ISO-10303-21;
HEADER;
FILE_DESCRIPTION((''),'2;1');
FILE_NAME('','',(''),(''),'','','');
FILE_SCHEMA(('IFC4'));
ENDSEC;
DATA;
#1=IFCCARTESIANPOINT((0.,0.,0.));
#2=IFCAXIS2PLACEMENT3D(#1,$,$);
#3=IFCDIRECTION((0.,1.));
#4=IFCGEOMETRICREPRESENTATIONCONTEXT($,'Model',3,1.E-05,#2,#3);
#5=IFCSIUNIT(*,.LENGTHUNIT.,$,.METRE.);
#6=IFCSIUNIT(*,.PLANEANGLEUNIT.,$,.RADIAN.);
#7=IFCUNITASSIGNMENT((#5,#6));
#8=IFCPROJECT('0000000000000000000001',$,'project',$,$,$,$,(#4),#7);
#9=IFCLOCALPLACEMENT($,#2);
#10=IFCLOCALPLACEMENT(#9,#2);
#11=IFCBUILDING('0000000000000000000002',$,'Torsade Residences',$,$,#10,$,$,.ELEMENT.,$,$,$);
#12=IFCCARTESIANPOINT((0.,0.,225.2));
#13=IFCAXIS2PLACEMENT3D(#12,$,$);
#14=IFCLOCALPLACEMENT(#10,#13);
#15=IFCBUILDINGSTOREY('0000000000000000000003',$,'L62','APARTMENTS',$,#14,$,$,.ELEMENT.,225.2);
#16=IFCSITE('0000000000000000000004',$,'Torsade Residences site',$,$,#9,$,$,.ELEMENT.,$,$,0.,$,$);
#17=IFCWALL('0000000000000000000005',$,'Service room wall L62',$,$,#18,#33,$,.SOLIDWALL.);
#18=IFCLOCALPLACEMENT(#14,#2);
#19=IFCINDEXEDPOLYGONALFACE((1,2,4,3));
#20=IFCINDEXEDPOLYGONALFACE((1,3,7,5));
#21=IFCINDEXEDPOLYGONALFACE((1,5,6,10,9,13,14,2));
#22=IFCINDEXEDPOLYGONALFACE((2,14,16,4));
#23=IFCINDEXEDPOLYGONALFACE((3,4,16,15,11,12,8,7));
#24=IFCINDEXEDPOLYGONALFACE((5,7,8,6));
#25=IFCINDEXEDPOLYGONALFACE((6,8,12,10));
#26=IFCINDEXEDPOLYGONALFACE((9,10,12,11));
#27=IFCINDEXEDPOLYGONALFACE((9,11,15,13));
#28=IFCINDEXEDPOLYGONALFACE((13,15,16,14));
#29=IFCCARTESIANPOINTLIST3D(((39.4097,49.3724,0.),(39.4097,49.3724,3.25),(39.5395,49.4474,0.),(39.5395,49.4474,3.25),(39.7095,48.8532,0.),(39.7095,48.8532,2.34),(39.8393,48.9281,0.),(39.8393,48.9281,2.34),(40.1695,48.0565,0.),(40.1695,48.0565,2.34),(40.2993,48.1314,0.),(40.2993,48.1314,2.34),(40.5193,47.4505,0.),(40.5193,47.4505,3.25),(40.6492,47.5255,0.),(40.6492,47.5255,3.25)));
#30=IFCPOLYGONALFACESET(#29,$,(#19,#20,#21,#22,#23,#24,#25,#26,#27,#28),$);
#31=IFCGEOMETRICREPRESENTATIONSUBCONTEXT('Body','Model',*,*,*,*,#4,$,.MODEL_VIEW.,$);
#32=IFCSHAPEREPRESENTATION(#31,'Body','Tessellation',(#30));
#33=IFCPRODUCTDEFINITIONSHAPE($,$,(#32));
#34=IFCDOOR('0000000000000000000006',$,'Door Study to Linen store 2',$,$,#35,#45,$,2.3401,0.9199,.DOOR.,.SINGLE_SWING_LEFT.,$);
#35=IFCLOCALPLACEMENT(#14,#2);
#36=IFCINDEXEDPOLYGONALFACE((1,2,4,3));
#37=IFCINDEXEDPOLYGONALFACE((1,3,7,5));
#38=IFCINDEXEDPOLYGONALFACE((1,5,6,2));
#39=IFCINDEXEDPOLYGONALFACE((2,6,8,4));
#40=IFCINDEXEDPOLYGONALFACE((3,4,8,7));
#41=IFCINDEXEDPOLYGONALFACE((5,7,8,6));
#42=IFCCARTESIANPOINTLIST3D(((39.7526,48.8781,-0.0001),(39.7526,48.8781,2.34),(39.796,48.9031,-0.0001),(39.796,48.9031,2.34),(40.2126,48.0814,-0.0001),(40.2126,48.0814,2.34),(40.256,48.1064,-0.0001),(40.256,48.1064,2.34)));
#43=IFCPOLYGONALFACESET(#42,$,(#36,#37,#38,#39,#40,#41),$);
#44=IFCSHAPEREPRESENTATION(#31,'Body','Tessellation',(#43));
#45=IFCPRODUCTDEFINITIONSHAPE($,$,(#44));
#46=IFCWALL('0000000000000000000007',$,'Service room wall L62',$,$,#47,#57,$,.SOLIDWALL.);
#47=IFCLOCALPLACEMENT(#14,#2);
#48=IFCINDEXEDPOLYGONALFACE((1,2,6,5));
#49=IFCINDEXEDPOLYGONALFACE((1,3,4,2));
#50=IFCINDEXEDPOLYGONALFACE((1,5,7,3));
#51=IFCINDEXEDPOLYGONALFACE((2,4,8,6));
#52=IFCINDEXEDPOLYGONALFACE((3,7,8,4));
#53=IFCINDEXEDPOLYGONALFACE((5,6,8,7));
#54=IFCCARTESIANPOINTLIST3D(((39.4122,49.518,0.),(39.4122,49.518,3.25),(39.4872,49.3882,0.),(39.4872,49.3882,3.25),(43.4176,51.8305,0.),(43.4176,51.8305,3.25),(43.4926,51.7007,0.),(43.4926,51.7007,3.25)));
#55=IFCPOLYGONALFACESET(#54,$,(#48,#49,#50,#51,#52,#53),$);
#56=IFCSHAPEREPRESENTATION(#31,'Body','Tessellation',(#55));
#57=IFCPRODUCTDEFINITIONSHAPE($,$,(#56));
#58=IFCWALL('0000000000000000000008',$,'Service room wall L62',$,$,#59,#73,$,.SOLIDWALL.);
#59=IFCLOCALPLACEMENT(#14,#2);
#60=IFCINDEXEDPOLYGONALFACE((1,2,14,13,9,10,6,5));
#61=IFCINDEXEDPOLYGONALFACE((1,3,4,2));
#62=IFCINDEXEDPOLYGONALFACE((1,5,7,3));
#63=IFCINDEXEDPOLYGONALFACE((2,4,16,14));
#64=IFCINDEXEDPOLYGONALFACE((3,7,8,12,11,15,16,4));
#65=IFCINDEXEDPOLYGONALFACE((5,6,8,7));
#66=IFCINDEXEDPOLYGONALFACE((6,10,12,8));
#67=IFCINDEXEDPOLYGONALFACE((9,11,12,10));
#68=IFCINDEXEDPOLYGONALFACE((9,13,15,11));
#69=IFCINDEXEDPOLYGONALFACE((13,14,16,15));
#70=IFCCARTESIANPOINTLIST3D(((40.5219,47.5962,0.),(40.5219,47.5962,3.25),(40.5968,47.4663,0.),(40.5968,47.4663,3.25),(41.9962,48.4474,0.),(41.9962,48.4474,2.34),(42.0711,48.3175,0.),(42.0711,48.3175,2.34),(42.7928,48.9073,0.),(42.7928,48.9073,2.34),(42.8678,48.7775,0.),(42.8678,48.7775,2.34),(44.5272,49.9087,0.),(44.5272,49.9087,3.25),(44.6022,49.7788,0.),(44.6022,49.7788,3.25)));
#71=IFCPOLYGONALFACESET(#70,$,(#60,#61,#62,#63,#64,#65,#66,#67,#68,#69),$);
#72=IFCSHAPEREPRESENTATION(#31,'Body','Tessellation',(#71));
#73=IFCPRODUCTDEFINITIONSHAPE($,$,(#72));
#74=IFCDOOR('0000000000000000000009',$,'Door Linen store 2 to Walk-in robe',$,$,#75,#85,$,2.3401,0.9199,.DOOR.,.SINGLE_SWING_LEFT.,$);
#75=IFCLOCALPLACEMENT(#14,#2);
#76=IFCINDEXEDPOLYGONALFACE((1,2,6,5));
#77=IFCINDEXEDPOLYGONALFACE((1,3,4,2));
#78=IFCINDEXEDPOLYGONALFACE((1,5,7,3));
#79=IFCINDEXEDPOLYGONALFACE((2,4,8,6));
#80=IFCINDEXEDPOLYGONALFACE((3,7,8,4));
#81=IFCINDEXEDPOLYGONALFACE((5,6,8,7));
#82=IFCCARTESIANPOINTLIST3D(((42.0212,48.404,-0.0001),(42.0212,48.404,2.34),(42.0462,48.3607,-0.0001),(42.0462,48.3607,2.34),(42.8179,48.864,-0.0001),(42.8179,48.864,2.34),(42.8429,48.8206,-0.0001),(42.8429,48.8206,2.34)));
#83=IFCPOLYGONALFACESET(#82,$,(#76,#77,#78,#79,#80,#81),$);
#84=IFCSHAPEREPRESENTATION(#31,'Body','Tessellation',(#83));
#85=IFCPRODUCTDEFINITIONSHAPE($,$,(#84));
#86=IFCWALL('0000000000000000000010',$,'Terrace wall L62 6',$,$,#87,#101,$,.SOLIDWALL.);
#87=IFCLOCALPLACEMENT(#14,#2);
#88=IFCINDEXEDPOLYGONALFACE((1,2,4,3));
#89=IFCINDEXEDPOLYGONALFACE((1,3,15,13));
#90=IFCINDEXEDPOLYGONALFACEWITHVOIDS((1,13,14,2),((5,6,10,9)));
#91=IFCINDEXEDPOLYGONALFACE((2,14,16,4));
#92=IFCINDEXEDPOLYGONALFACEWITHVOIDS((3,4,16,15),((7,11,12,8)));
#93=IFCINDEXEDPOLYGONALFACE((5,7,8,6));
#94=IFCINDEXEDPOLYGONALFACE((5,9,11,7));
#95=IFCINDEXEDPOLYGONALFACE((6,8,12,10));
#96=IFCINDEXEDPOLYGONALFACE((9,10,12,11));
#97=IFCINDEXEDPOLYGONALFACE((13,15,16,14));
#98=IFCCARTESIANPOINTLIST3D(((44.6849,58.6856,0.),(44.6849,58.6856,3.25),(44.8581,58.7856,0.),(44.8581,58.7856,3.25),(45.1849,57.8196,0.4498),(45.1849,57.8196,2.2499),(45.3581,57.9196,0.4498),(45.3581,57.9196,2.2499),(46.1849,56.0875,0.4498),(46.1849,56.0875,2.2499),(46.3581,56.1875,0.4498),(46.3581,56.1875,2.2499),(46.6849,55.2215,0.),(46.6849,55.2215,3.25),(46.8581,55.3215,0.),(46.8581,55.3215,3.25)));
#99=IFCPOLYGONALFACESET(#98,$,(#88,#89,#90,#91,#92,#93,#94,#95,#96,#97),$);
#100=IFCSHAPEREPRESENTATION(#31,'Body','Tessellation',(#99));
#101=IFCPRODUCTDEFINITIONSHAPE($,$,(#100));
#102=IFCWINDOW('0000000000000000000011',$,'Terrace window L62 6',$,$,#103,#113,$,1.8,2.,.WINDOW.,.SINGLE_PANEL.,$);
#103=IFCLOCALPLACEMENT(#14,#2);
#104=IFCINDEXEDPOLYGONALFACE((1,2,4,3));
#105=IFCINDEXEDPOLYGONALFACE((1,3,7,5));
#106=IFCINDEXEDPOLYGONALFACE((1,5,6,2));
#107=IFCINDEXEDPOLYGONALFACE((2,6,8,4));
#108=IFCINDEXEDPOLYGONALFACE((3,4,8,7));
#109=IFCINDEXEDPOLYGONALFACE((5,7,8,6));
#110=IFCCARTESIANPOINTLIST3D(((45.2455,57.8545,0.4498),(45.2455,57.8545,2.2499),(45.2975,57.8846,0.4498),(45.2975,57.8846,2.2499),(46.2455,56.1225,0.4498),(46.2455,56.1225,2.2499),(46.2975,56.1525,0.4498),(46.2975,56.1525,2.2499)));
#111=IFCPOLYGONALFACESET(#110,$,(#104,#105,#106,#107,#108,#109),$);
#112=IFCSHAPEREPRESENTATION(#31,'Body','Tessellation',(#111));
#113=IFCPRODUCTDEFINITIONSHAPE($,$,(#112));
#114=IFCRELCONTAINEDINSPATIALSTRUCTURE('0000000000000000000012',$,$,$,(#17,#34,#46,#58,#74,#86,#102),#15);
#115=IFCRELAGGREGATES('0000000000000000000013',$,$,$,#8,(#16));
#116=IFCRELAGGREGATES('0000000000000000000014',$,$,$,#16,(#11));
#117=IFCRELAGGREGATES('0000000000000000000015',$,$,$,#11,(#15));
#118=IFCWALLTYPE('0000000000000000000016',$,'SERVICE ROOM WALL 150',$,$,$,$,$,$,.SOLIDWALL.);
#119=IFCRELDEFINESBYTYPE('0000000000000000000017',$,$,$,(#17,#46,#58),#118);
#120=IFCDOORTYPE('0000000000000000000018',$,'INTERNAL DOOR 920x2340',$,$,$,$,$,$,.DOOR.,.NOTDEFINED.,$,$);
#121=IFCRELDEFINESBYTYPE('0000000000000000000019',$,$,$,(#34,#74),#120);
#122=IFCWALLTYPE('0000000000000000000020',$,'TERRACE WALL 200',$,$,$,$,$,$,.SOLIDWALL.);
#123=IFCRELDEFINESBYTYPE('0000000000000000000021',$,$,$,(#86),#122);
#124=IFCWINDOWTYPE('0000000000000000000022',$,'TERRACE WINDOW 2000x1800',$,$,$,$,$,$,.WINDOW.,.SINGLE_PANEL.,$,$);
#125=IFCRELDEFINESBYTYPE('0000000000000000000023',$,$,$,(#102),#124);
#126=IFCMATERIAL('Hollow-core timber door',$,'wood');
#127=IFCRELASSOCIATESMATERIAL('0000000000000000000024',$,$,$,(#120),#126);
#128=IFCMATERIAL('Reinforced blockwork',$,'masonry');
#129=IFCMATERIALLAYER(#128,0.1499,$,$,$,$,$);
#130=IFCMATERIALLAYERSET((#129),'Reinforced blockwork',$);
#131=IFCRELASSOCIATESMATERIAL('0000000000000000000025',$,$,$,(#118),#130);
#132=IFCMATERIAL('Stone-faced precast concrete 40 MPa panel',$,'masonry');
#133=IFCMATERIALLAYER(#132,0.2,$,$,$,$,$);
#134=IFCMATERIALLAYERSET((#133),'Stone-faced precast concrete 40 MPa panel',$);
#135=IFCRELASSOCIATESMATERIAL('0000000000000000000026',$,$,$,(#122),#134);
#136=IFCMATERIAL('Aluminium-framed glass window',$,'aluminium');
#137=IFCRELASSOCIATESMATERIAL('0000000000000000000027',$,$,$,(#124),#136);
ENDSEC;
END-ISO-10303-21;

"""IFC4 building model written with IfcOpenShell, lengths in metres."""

from ifc_helpers import new_model, si_unit, direction, frame, frame_2d, origin, place, context, subcontext, project, spatial, rectangle, extrude, material, layer, layer_set, type_object, element, fill, save


model = new_model("IFC4")

# Units and contexts
model_context = context("Model", 3, precision=1e-05, world=origin(), true_north=direction((0.0, 1.0)))
body_context = subcontext(model_context, "Body", "Model", "MODEL_VIEW")
ifc_project = project(units=[si_unit("LENGTHUNIT", "METRE"), si_unit("PLANEANGLEUNIT", "RADIAN")], contexts=[model_context])

# Site, building, storey
site_placement = place(None, origin())
site = spatial("IfcSite", under=ifc_project, at=site_placement, Name="Torsade Residences site", CompositionType="ELEMENT", RefElevation=0.0)
building_placement = place(site_placement, origin())
building = spatial("IfcBuilding", under=site, at=building_placement, Name="Torsade Residences", CompositionType="ELEMENT")
storey_placement = place(building_placement, frame((0.0, 0.0, 225.2)))
storey = spatial("IfcBuildingStorey", under=building, at=storey_placement, Name="L62", Description="APARTMENTS", CompositionType="ELEMENT", Elevation=225.2)

# Shared definitions
ifc_material_1 = material(Name="Hollow-core timber door", Category="wood")
door_type_1 = type_object("IfcDoorType", Name="INTERNAL DOOR 920x2340", OperationType="NOTDEFINED", PredefinedType="DOOR", material=ifc_material_1)

# Shared definitions
ifc_material_2 = material(Name="Reinforced blockwork", Category="masonry")
ifc_layer_1 = layer(ifc_material_2, 0.1499)
ifc_layer_set_1 = layer_set([ifc_layer_1], Name="Reinforced blockwork")
wall_type_1 = type_object("IfcWallType", Name="SERVICE ROOM WALL 150", PredefinedType="SOLIDWALL", material=ifc_layer_set_1)

# Wall, opening, door
wall_1_placement = place(storey_placement, frame((39.4746, 49.4099, 0.0), z_axis=(0.0, 0.0, 1.0), x_axis=(0.500008, -0.866021, 0.0)))
wall_1 = element("IfcWall", 1, at=wall_1_placement, inside=storey, type_object=wall_type_1, Name="Service room wall L62", PredefinedType="SOLIDWALL", context=body_context, shape_type="SweptSolid", body=[
    extrude(rectangle(XDim=2.2192, YDim=0.1499, at=frame_2d((1.1096, 0.0))), origin(), (0.0, 0.0, 1.0), 3.25),
])
opening_1_placement = place(wall_1_placement, frame((0.5996, 0.0, 0.0)))
opening_1 = element("IfcOpeningElement", 2, at=opening_1_placement, cuts=wall_1, PredefinedType="OPENING", context=body_context, shape_type="SweptSolid", body=[
    extrude(rectangle(XDim=0.9199, YDim=2.3401, at=frame_2d((0.46, 1.1699))), frame((0.0, 0.085, 0.0), z_axis=(0.0, -1.0, 0.0), x_axis=(1.0, 0.0, 0.0)), (0.0, 0.0, 1.0), 0.1699),
])
door_1_placement = place(opening_1_placement, origin())
door_1 = element("IfcDoor", 3, at=door_1_placement, inside=storey, type_object=door_type_1, Name="Door Study to Linen store 2", OperationType="SINGLE_SWING_LEFT", OverallHeight=2.3401, OverallWidth=0.9199, PredefinedType="DOOR", context=body_context, shape_type="SweptSolid", body=[
    extrude(rectangle(XDim=0.9199, YDim=2.3401, at=frame_2d((0.46, 1.1699))), frame((0.0, 0.0249, 0.0), z_axis=(0.0, -1.0, 0.0), x_axis=(1.0, 0.0, 0.0)), (0.0, 0.0, 1.0), 0.05),
])
fill(opening_1, door_1)

# Wall
wall_2_placement = place(storey_placement, frame((43.4551, 51.7656, 0.0), z_axis=(0.0, 0.0, 1.0), x_axis=(-0.866026, -0.5, 0.0)))
element("IfcWall", 4, at=wall_2_placement, inside=storey, type_object=wall_type_1, Name="Service room wall L62", PredefinedType="SOLIDWALL", context=body_context, shape_type="SweptSolid", body=[
    extrude(rectangle(XDim=4.625, YDim=0.1499, at=frame_2d((2.3125, 0.0))), origin(), (0.0, 0.0, 1.0), 3.25),
])

# Wall, opening, door
wall_3_placement = place(storey_placement, frame((40.5593, 47.5312, 0.0), z_axis=(0.0, 0.0, 1.0), x_axis=(0.866026, 0.5, 0.0)))
wall_3 = element("IfcWall", 5, at=wall_3_placement, inside=storey, type_object=wall_type_1, Name="Service room wall L62", PredefinedType="SOLIDWALL", context=body_context, shape_type="SweptSolid", body=[
    extrude(rectangle(XDim=4.625, YDim=0.1499, at=frame_2d((2.3125, 0.0))), origin(), (0.0, 0.0, 1.0), 3.25),
])
opening_2_placement = place(wall_3_placement, frame((1.7024, 0.0, 0.0)))
opening_2 = element("IfcOpeningElement", 6, at=opening_2_placement, cuts=wall_3, PredefinedType="OPENING", context=body_context, shape_type="SweptSolid", body=[
    extrude(rectangle(XDim=0.9199, YDim=2.3401, at=frame_2d((0.46, 1.1699))), frame((0.0, 0.085, 0.0), z_axis=(0.0, -1.0, 0.0), x_axis=(1.0, 0.0, 0.0)), (0.0, 0.0, 1.0), 0.1699),
])
door_2_placement = place(opening_2_placement, origin())
door_2 = element("IfcDoor", 7, at=door_2_placement, inside=storey, type_object=door_type_1, Name="Door Linen store 2 to Walk-in robe", OperationType="SINGLE_SWING_LEFT", OverallHeight=2.3401, OverallWidth=0.9199, PredefinedType="DOOR", context=body_context, shape_type="SweptSolid", body=[
    extrude(rectangle(XDim=0.9199, YDim=2.3401, at=frame_2d((0.46, 1.1699))), frame((0.0, 0.0249, 0.0), z_axis=(0.0, -1.0, 0.0), x_axis=(1.0, 0.0, 0.0)), (0.0, 0.0, 1.0), 0.05),
])
fill(opening_2, door_2)

# Wall, opening, window
ifc_material_3 = material(Name="Stone-faced precast concrete 40 MPa panel", Category="masonry")
ifc_layer_2 = layer(ifc_material_3, 0.2)
ifc_layer_set_2 = layer_set([ifc_layer_2], Name="Stone-faced precast concrete 40 MPa panel")
wall_type_2 = type_object("IfcWallType", Name="TERRACE WALL 200", PredefinedType="SOLIDWALL", material=ifc_layer_set_2)
wall_4_placement = place(storey_placement, frame((46.7715, 55.2715, 0.0), z_axis=(0.0, 0.0, 1.0), x_axis=(-0.499999, 0.866026, 0.0)))
wall_4 = element("IfcWall", 8, at=wall_4_placement, inside=storey, type_object=wall_type_2, Name="Terrace wall L62 6", PredefinedType="SOLIDWALL", context=body_context, shape_type="SweptSolid", body=[
    extrude(rectangle(XDim=4.0, YDim=0.2, at=frame_2d((2.0, 0.0))), origin(), (0.0, 0.0, 1.0), 3.25),
])
opening_3_placement = place(wall_4_placement, frame((1.0, 0.0, 0.45)))
opening_3 = element("IfcOpeningElement", 9, at=opening_3_placement, cuts=wall_4, PredefinedType="OPENING", context=body_context, shape_type="SweptSolid", body=[
    extrude(rectangle(XDim=2.0, YDim=1.8, at=frame_2d((1.0, 0.8999))), frame((0.0, 0.1099, 0.0), z_axis=(0.0, -1.0, 0.0), x_axis=(1.0, 0.0, 0.0)), (0.0, 0.0, 1.0), 0.22),
])
ifc_material_4 = material(Name="Aluminium-framed glass window", Category="aluminium")
window_type = type_object("IfcWindowType", Name="TERRACE WINDOW 2000x1800", PartitioningType="SINGLE_PANEL", PredefinedType="WINDOW", material=ifc_material_4)
window_placement = place(opening_3_placement, origin())
window = element("IfcWindow", 10, at=window_placement, inside=storey, type_object=window_type, Name="Terrace window L62 6", OverallHeight=1.8, OverallWidth=2.0, PartitioningType="SINGLE_PANEL", PredefinedType="WINDOW", context=body_context, shape_type="SweptSolid", body=[
    extrude(rectangle(XDim=2.0, YDim=1.8, at=frame_2d((1.0, 0.8999))), frame((0.0, 0.03, 0.0), z_axis=(0.0, -1.0, 0.0), x_axis=(1.0, 0.0, 0.0)), (0.0, 0.0, 1.0), 0.0601),
])
fill(opening_3, window)

save(model, "model.ifc")
